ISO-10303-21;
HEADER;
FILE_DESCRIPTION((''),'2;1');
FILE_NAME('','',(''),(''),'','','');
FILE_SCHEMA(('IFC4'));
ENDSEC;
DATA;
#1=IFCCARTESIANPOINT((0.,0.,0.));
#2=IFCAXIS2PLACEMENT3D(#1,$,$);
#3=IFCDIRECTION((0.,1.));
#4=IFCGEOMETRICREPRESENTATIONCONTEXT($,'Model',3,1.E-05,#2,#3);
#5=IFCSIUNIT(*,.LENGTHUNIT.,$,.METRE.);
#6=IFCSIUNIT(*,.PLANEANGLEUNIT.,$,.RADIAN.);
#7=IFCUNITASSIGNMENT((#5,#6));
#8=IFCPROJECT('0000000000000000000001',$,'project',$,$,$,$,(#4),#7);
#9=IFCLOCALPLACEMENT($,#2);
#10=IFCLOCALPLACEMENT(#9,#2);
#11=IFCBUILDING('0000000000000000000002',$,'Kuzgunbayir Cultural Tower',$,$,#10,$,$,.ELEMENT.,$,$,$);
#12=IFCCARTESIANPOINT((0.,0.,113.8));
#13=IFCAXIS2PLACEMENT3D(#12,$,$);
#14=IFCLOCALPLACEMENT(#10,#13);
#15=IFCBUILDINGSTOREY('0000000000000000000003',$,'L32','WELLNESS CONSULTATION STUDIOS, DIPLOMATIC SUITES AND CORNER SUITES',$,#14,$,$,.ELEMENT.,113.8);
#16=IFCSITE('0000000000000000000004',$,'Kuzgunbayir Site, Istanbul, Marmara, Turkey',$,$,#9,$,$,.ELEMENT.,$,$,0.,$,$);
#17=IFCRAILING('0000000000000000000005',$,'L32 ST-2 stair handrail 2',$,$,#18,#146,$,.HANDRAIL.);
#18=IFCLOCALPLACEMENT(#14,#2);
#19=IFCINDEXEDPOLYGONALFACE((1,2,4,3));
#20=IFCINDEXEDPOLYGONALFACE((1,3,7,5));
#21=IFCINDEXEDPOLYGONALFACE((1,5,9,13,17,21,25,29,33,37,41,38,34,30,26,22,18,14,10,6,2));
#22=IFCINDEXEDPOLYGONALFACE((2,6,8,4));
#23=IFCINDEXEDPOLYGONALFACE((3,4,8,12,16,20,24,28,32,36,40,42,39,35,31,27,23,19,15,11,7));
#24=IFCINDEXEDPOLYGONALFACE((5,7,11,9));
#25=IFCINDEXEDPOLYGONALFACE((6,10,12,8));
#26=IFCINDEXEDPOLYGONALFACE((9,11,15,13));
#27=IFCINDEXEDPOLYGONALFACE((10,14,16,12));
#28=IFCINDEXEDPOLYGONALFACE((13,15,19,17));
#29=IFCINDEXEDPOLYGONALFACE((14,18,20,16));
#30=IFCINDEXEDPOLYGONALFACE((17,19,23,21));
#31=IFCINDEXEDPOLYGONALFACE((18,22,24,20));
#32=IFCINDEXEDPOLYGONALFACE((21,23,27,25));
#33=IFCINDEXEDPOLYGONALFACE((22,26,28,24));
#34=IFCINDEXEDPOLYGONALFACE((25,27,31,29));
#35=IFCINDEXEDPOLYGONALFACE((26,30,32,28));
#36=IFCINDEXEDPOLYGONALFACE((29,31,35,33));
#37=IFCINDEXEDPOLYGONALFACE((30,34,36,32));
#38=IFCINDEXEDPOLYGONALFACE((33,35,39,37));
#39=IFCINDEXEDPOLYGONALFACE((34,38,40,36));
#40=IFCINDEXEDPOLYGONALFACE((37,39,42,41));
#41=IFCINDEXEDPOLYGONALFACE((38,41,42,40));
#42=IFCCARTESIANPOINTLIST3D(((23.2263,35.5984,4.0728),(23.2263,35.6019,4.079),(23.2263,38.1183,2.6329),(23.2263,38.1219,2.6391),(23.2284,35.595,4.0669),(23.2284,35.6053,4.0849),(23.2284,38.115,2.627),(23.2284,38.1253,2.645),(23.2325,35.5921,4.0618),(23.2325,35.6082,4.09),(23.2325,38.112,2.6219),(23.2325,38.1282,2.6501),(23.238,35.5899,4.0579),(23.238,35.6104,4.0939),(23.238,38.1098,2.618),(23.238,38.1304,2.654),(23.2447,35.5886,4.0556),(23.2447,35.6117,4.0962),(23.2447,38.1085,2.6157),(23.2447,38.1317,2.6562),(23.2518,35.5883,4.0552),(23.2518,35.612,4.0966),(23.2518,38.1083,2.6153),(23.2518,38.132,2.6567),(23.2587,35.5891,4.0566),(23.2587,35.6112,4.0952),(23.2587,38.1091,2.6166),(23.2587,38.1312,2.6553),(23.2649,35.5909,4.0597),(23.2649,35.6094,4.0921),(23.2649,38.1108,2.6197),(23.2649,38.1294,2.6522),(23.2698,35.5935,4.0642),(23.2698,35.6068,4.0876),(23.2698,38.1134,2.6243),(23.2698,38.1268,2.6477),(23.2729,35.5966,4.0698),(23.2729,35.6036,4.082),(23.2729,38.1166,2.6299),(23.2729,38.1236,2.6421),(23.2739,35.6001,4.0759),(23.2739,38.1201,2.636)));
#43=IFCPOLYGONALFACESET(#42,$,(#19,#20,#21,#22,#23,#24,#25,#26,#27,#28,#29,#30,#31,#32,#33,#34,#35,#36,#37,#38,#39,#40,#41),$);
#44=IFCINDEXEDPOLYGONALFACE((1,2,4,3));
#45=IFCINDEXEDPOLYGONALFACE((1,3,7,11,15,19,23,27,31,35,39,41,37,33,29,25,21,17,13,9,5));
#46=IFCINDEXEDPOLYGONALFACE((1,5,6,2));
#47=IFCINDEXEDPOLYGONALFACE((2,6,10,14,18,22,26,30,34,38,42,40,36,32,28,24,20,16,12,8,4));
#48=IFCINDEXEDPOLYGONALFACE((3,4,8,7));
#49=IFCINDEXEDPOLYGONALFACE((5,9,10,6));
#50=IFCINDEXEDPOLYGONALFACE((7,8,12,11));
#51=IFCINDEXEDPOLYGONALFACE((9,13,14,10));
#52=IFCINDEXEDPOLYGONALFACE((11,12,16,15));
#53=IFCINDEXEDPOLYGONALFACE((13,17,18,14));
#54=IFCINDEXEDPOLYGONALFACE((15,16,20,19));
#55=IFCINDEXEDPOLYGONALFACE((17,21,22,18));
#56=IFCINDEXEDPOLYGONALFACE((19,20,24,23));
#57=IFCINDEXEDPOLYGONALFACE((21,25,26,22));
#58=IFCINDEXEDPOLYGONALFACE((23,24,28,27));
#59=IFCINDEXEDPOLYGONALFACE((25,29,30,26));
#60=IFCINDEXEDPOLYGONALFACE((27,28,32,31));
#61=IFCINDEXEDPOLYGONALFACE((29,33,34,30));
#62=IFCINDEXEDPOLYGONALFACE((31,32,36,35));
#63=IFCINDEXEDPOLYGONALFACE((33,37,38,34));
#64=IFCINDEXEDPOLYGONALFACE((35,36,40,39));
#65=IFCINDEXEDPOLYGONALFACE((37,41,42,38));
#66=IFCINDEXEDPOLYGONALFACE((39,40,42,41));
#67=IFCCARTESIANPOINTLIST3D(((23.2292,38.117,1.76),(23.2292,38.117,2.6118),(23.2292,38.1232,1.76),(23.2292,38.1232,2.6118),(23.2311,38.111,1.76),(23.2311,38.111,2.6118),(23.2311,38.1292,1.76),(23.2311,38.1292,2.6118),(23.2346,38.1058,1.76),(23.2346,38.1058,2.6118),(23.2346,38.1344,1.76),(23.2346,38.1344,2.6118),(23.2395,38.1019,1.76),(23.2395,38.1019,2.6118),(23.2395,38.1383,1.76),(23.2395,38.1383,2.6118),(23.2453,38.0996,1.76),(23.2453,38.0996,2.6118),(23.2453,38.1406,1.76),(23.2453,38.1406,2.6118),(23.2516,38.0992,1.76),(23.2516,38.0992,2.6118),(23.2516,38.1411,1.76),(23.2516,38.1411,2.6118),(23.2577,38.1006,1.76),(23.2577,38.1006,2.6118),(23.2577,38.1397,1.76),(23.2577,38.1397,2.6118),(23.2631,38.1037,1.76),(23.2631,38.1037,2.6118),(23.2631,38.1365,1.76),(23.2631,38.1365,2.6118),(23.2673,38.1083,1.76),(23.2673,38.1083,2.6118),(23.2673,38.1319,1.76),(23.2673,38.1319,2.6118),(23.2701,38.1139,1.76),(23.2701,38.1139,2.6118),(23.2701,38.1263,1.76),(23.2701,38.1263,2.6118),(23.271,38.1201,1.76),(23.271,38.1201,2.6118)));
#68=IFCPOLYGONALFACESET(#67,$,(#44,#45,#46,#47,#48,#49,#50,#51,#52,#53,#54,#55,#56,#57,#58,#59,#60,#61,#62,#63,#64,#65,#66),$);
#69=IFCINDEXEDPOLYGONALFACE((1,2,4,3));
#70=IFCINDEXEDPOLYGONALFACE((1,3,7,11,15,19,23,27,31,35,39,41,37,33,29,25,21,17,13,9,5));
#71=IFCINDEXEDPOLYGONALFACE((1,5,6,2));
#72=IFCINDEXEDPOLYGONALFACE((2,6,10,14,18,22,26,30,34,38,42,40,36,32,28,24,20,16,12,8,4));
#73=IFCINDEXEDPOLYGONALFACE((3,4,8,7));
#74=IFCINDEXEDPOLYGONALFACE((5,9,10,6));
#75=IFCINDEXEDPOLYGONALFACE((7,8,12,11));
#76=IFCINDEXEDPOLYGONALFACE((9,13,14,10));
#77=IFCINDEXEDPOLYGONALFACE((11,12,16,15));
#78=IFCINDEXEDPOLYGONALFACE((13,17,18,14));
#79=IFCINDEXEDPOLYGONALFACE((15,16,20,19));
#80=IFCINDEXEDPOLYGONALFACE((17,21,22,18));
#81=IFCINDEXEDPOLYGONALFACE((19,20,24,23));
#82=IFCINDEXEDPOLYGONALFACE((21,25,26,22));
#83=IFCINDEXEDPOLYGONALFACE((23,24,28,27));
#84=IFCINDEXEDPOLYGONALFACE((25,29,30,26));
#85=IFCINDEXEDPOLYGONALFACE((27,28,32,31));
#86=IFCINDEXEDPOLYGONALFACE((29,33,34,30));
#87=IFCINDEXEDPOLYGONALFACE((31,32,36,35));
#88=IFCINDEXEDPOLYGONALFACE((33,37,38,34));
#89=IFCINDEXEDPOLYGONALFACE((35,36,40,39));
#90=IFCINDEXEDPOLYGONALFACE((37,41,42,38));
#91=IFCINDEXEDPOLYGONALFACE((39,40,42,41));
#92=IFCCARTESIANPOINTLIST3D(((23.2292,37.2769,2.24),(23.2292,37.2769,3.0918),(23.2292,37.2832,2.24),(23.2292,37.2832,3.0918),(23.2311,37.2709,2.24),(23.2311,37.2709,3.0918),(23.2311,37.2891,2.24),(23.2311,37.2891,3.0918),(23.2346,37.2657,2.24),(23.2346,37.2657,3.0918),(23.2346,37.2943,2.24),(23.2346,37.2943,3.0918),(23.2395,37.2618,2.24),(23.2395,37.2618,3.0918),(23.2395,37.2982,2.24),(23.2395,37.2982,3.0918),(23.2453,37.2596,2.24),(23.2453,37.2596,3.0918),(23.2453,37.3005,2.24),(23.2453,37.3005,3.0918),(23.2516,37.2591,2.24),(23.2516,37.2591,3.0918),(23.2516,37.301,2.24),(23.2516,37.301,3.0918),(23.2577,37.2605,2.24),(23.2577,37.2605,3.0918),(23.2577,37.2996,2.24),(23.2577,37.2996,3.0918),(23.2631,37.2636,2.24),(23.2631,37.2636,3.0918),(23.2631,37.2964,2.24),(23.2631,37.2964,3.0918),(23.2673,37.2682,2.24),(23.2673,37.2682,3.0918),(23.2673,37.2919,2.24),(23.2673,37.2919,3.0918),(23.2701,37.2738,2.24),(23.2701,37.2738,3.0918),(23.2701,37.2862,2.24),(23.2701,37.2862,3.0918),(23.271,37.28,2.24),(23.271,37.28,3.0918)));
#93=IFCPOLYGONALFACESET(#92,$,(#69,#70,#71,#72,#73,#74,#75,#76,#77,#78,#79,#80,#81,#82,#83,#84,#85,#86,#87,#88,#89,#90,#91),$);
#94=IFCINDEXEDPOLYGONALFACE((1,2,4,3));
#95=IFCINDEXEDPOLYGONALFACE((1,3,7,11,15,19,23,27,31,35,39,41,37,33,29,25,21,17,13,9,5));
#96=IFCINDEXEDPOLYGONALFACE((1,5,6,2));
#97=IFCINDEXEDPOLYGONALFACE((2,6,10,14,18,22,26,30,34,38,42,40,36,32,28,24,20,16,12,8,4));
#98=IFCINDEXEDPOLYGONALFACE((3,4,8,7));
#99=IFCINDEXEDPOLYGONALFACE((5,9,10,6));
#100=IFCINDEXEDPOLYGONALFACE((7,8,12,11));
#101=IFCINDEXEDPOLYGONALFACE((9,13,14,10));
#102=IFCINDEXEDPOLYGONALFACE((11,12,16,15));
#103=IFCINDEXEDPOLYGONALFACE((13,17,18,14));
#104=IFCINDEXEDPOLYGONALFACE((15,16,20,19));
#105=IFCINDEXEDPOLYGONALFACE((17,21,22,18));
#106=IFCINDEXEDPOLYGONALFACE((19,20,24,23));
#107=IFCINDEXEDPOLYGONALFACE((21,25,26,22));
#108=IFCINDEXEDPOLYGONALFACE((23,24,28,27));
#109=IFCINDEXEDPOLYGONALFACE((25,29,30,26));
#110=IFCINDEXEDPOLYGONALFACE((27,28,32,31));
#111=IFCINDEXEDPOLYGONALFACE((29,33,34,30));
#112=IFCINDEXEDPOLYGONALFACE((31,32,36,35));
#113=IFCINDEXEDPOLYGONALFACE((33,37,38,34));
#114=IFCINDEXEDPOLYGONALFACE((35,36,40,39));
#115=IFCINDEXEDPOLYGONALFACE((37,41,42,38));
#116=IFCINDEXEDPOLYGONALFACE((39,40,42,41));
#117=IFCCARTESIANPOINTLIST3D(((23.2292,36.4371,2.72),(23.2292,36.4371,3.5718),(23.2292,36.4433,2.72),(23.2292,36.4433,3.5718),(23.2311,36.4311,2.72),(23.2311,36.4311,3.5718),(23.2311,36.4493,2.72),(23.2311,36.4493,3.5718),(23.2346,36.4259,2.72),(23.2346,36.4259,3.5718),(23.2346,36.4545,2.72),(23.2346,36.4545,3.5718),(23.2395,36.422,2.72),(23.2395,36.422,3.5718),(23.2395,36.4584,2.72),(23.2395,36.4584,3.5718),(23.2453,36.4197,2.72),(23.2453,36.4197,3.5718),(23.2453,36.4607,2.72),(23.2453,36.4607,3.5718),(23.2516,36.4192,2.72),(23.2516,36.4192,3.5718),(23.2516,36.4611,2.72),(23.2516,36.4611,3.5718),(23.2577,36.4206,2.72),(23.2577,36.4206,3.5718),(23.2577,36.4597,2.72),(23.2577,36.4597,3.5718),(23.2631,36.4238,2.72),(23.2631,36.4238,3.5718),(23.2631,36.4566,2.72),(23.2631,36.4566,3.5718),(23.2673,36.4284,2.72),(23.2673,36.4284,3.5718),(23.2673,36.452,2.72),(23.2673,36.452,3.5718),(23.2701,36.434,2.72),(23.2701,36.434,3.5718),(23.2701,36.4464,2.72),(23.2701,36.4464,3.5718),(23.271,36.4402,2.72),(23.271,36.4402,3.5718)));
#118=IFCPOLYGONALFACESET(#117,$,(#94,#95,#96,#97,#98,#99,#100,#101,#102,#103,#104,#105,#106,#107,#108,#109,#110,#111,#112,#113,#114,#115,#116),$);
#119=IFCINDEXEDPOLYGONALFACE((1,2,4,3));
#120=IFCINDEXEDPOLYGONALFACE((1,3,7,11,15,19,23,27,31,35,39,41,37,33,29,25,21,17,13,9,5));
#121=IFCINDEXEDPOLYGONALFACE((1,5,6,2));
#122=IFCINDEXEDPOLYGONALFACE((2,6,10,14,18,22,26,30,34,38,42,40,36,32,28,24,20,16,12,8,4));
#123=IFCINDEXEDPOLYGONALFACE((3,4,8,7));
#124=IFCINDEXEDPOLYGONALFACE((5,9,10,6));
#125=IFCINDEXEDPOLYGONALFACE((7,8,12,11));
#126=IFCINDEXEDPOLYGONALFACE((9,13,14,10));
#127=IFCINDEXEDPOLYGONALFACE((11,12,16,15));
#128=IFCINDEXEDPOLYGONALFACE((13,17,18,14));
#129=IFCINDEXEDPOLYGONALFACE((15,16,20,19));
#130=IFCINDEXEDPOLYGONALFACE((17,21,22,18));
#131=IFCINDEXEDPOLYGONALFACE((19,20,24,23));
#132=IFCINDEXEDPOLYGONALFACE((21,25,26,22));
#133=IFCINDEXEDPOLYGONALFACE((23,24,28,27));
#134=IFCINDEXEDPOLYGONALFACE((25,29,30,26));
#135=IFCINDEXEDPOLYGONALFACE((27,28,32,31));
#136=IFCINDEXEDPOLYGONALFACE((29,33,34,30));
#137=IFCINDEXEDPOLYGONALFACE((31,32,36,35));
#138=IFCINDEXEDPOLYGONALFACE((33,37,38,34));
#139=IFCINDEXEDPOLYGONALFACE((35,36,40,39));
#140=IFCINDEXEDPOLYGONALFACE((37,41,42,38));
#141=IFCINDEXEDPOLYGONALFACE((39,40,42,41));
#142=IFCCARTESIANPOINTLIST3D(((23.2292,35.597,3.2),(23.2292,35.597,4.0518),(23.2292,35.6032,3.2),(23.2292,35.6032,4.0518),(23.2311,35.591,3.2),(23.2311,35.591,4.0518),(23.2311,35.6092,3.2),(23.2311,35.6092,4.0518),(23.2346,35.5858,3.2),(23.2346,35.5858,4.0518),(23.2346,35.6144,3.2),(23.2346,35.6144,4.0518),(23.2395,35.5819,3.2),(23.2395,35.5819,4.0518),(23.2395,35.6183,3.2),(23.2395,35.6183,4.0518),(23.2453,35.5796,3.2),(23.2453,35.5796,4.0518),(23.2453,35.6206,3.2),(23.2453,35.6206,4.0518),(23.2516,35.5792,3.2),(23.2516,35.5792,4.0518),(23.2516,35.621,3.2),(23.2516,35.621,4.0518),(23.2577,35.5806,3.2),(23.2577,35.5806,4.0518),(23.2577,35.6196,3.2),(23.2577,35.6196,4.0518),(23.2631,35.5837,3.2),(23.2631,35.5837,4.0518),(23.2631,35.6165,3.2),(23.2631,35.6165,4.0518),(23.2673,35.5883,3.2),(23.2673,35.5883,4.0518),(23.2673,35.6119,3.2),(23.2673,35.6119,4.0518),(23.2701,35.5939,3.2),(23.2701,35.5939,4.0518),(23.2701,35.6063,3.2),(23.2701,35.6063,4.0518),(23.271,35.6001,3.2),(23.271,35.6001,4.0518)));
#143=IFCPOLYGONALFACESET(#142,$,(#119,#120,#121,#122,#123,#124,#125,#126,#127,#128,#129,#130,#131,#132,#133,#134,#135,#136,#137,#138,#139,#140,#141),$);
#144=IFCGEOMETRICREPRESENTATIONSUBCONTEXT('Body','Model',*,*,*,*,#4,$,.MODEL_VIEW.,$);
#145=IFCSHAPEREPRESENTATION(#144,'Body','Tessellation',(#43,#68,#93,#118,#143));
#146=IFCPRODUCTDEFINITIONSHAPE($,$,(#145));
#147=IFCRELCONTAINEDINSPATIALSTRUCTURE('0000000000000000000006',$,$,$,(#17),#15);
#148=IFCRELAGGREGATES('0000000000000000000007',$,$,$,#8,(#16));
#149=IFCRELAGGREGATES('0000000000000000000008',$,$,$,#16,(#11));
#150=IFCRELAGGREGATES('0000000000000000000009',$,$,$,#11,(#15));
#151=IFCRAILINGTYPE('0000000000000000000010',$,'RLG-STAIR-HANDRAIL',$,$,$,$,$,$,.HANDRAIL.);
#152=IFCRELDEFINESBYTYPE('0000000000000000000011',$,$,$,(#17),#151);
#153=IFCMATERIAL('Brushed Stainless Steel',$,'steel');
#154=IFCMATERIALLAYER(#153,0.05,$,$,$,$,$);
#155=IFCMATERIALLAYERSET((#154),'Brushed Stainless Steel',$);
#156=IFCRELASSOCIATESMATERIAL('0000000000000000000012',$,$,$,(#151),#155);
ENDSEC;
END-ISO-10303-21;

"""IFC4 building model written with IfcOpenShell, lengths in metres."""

from ifc_helpers import new_model, si_unit, direction, frame, origin, origin_2d, place, context, subcontext, project, spatial, circle, extrude, material, layer, layer_set, type_object, element, save


model = new_model("IFC4")

# Units and contexts
model_context = context("Model", 3, precision=1e-05, world=origin(), true_north=direction((0.0, 1.0)))
body_context = subcontext(model_context, "Body", "Model", "MODEL_VIEW")
ifc_project = project(units=[si_unit("LENGTHUNIT", "METRE"), si_unit("PLANEANGLEUNIT", "RADIAN")], contexts=[model_context])

# Site, building, storey
site_placement = place(None, origin())
site = spatial("IfcSite", under=ifc_project, at=site_placement, Name="Kuzgunbayir Site, Istanbul, Marmara, Turkey", CompositionType="ELEMENT", RefElevation=0.0)
building_placement = place(site_placement, origin())
building = spatial("IfcBuilding", under=site, at=building_placement, Name="Kuzgunbayir Cultural Tower", CompositionType="ELEMENT")
storey_placement = place(building_placement, frame((0.0, 0.0, 113.8)))
storey = spatial("IfcBuildingStorey", under=building, at=storey_placement, Name="L32", Description="WELLNESS CONSULTATION STUDIOS, DIPLOMATIC SUITES AND CORNER SUITES", CompositionType="ELEMENT", Elevation=113.8)

# Shared definitions
ifc_material_1 = material(Name="Brushed Stainless Steel", Category="steel")

# Railing
ifc_layer_1 = layer(ifc_material_1, 0.05)
ifc_layer_set_1 = layer_set([ifc_layer_1], Name="Brushed Stainless Steel")
railing_type_1 = type_object("IfcRailingType", Name="RLG-STAIR-HANDRAIL", PredefinedType="HANDRAIL", material=ifc_layer_set_1)
railing_1_placement = place(storey_placement, frame((23.25, 38.1201, 1.76)))
element("IfcRailing", 1, at=railing_1_placement, inside=storey, type_object=railing_type_1, Name="L32 ST-2 stair handrail 2", PredefinedType="HANDRAIL", context=body_context, shape_type="SweptSolid", body=[
    extrude(circle(Radius=0.0239, at=origin_2d()), frame((0.0, 0.0, 0.876), z_axis=(0.0, -0.868253, 0.496121), x_axis=(1.0, 0.0, 0.0)), (0.0, 0.0, 1.0), 2.9023),
    extrude(circle(Radius=0.021, at=origin_2d()), origin(), (0.0, 0.0, 1.0), 0.8518),
    extrude(circle(Radius=0.021, at=origin_2d()), frame((0.0, -0.8401, 0.48)), (0.0, 0.0, 1.0), 0.8518),
    extrude(circle(Radius=0.021, at=origin_2d()), frame((0.0, -1.6799, 0.96)), (0.0, 0.0, 1.0), 0.8518),
    extrude(circle(Radius=0.021, at=origin_2d()), frame((0.0, -2.52, 1.4399)), (0.0, 0.0, 1.0), 0.8518),
])

save(model, "model.ifc")
